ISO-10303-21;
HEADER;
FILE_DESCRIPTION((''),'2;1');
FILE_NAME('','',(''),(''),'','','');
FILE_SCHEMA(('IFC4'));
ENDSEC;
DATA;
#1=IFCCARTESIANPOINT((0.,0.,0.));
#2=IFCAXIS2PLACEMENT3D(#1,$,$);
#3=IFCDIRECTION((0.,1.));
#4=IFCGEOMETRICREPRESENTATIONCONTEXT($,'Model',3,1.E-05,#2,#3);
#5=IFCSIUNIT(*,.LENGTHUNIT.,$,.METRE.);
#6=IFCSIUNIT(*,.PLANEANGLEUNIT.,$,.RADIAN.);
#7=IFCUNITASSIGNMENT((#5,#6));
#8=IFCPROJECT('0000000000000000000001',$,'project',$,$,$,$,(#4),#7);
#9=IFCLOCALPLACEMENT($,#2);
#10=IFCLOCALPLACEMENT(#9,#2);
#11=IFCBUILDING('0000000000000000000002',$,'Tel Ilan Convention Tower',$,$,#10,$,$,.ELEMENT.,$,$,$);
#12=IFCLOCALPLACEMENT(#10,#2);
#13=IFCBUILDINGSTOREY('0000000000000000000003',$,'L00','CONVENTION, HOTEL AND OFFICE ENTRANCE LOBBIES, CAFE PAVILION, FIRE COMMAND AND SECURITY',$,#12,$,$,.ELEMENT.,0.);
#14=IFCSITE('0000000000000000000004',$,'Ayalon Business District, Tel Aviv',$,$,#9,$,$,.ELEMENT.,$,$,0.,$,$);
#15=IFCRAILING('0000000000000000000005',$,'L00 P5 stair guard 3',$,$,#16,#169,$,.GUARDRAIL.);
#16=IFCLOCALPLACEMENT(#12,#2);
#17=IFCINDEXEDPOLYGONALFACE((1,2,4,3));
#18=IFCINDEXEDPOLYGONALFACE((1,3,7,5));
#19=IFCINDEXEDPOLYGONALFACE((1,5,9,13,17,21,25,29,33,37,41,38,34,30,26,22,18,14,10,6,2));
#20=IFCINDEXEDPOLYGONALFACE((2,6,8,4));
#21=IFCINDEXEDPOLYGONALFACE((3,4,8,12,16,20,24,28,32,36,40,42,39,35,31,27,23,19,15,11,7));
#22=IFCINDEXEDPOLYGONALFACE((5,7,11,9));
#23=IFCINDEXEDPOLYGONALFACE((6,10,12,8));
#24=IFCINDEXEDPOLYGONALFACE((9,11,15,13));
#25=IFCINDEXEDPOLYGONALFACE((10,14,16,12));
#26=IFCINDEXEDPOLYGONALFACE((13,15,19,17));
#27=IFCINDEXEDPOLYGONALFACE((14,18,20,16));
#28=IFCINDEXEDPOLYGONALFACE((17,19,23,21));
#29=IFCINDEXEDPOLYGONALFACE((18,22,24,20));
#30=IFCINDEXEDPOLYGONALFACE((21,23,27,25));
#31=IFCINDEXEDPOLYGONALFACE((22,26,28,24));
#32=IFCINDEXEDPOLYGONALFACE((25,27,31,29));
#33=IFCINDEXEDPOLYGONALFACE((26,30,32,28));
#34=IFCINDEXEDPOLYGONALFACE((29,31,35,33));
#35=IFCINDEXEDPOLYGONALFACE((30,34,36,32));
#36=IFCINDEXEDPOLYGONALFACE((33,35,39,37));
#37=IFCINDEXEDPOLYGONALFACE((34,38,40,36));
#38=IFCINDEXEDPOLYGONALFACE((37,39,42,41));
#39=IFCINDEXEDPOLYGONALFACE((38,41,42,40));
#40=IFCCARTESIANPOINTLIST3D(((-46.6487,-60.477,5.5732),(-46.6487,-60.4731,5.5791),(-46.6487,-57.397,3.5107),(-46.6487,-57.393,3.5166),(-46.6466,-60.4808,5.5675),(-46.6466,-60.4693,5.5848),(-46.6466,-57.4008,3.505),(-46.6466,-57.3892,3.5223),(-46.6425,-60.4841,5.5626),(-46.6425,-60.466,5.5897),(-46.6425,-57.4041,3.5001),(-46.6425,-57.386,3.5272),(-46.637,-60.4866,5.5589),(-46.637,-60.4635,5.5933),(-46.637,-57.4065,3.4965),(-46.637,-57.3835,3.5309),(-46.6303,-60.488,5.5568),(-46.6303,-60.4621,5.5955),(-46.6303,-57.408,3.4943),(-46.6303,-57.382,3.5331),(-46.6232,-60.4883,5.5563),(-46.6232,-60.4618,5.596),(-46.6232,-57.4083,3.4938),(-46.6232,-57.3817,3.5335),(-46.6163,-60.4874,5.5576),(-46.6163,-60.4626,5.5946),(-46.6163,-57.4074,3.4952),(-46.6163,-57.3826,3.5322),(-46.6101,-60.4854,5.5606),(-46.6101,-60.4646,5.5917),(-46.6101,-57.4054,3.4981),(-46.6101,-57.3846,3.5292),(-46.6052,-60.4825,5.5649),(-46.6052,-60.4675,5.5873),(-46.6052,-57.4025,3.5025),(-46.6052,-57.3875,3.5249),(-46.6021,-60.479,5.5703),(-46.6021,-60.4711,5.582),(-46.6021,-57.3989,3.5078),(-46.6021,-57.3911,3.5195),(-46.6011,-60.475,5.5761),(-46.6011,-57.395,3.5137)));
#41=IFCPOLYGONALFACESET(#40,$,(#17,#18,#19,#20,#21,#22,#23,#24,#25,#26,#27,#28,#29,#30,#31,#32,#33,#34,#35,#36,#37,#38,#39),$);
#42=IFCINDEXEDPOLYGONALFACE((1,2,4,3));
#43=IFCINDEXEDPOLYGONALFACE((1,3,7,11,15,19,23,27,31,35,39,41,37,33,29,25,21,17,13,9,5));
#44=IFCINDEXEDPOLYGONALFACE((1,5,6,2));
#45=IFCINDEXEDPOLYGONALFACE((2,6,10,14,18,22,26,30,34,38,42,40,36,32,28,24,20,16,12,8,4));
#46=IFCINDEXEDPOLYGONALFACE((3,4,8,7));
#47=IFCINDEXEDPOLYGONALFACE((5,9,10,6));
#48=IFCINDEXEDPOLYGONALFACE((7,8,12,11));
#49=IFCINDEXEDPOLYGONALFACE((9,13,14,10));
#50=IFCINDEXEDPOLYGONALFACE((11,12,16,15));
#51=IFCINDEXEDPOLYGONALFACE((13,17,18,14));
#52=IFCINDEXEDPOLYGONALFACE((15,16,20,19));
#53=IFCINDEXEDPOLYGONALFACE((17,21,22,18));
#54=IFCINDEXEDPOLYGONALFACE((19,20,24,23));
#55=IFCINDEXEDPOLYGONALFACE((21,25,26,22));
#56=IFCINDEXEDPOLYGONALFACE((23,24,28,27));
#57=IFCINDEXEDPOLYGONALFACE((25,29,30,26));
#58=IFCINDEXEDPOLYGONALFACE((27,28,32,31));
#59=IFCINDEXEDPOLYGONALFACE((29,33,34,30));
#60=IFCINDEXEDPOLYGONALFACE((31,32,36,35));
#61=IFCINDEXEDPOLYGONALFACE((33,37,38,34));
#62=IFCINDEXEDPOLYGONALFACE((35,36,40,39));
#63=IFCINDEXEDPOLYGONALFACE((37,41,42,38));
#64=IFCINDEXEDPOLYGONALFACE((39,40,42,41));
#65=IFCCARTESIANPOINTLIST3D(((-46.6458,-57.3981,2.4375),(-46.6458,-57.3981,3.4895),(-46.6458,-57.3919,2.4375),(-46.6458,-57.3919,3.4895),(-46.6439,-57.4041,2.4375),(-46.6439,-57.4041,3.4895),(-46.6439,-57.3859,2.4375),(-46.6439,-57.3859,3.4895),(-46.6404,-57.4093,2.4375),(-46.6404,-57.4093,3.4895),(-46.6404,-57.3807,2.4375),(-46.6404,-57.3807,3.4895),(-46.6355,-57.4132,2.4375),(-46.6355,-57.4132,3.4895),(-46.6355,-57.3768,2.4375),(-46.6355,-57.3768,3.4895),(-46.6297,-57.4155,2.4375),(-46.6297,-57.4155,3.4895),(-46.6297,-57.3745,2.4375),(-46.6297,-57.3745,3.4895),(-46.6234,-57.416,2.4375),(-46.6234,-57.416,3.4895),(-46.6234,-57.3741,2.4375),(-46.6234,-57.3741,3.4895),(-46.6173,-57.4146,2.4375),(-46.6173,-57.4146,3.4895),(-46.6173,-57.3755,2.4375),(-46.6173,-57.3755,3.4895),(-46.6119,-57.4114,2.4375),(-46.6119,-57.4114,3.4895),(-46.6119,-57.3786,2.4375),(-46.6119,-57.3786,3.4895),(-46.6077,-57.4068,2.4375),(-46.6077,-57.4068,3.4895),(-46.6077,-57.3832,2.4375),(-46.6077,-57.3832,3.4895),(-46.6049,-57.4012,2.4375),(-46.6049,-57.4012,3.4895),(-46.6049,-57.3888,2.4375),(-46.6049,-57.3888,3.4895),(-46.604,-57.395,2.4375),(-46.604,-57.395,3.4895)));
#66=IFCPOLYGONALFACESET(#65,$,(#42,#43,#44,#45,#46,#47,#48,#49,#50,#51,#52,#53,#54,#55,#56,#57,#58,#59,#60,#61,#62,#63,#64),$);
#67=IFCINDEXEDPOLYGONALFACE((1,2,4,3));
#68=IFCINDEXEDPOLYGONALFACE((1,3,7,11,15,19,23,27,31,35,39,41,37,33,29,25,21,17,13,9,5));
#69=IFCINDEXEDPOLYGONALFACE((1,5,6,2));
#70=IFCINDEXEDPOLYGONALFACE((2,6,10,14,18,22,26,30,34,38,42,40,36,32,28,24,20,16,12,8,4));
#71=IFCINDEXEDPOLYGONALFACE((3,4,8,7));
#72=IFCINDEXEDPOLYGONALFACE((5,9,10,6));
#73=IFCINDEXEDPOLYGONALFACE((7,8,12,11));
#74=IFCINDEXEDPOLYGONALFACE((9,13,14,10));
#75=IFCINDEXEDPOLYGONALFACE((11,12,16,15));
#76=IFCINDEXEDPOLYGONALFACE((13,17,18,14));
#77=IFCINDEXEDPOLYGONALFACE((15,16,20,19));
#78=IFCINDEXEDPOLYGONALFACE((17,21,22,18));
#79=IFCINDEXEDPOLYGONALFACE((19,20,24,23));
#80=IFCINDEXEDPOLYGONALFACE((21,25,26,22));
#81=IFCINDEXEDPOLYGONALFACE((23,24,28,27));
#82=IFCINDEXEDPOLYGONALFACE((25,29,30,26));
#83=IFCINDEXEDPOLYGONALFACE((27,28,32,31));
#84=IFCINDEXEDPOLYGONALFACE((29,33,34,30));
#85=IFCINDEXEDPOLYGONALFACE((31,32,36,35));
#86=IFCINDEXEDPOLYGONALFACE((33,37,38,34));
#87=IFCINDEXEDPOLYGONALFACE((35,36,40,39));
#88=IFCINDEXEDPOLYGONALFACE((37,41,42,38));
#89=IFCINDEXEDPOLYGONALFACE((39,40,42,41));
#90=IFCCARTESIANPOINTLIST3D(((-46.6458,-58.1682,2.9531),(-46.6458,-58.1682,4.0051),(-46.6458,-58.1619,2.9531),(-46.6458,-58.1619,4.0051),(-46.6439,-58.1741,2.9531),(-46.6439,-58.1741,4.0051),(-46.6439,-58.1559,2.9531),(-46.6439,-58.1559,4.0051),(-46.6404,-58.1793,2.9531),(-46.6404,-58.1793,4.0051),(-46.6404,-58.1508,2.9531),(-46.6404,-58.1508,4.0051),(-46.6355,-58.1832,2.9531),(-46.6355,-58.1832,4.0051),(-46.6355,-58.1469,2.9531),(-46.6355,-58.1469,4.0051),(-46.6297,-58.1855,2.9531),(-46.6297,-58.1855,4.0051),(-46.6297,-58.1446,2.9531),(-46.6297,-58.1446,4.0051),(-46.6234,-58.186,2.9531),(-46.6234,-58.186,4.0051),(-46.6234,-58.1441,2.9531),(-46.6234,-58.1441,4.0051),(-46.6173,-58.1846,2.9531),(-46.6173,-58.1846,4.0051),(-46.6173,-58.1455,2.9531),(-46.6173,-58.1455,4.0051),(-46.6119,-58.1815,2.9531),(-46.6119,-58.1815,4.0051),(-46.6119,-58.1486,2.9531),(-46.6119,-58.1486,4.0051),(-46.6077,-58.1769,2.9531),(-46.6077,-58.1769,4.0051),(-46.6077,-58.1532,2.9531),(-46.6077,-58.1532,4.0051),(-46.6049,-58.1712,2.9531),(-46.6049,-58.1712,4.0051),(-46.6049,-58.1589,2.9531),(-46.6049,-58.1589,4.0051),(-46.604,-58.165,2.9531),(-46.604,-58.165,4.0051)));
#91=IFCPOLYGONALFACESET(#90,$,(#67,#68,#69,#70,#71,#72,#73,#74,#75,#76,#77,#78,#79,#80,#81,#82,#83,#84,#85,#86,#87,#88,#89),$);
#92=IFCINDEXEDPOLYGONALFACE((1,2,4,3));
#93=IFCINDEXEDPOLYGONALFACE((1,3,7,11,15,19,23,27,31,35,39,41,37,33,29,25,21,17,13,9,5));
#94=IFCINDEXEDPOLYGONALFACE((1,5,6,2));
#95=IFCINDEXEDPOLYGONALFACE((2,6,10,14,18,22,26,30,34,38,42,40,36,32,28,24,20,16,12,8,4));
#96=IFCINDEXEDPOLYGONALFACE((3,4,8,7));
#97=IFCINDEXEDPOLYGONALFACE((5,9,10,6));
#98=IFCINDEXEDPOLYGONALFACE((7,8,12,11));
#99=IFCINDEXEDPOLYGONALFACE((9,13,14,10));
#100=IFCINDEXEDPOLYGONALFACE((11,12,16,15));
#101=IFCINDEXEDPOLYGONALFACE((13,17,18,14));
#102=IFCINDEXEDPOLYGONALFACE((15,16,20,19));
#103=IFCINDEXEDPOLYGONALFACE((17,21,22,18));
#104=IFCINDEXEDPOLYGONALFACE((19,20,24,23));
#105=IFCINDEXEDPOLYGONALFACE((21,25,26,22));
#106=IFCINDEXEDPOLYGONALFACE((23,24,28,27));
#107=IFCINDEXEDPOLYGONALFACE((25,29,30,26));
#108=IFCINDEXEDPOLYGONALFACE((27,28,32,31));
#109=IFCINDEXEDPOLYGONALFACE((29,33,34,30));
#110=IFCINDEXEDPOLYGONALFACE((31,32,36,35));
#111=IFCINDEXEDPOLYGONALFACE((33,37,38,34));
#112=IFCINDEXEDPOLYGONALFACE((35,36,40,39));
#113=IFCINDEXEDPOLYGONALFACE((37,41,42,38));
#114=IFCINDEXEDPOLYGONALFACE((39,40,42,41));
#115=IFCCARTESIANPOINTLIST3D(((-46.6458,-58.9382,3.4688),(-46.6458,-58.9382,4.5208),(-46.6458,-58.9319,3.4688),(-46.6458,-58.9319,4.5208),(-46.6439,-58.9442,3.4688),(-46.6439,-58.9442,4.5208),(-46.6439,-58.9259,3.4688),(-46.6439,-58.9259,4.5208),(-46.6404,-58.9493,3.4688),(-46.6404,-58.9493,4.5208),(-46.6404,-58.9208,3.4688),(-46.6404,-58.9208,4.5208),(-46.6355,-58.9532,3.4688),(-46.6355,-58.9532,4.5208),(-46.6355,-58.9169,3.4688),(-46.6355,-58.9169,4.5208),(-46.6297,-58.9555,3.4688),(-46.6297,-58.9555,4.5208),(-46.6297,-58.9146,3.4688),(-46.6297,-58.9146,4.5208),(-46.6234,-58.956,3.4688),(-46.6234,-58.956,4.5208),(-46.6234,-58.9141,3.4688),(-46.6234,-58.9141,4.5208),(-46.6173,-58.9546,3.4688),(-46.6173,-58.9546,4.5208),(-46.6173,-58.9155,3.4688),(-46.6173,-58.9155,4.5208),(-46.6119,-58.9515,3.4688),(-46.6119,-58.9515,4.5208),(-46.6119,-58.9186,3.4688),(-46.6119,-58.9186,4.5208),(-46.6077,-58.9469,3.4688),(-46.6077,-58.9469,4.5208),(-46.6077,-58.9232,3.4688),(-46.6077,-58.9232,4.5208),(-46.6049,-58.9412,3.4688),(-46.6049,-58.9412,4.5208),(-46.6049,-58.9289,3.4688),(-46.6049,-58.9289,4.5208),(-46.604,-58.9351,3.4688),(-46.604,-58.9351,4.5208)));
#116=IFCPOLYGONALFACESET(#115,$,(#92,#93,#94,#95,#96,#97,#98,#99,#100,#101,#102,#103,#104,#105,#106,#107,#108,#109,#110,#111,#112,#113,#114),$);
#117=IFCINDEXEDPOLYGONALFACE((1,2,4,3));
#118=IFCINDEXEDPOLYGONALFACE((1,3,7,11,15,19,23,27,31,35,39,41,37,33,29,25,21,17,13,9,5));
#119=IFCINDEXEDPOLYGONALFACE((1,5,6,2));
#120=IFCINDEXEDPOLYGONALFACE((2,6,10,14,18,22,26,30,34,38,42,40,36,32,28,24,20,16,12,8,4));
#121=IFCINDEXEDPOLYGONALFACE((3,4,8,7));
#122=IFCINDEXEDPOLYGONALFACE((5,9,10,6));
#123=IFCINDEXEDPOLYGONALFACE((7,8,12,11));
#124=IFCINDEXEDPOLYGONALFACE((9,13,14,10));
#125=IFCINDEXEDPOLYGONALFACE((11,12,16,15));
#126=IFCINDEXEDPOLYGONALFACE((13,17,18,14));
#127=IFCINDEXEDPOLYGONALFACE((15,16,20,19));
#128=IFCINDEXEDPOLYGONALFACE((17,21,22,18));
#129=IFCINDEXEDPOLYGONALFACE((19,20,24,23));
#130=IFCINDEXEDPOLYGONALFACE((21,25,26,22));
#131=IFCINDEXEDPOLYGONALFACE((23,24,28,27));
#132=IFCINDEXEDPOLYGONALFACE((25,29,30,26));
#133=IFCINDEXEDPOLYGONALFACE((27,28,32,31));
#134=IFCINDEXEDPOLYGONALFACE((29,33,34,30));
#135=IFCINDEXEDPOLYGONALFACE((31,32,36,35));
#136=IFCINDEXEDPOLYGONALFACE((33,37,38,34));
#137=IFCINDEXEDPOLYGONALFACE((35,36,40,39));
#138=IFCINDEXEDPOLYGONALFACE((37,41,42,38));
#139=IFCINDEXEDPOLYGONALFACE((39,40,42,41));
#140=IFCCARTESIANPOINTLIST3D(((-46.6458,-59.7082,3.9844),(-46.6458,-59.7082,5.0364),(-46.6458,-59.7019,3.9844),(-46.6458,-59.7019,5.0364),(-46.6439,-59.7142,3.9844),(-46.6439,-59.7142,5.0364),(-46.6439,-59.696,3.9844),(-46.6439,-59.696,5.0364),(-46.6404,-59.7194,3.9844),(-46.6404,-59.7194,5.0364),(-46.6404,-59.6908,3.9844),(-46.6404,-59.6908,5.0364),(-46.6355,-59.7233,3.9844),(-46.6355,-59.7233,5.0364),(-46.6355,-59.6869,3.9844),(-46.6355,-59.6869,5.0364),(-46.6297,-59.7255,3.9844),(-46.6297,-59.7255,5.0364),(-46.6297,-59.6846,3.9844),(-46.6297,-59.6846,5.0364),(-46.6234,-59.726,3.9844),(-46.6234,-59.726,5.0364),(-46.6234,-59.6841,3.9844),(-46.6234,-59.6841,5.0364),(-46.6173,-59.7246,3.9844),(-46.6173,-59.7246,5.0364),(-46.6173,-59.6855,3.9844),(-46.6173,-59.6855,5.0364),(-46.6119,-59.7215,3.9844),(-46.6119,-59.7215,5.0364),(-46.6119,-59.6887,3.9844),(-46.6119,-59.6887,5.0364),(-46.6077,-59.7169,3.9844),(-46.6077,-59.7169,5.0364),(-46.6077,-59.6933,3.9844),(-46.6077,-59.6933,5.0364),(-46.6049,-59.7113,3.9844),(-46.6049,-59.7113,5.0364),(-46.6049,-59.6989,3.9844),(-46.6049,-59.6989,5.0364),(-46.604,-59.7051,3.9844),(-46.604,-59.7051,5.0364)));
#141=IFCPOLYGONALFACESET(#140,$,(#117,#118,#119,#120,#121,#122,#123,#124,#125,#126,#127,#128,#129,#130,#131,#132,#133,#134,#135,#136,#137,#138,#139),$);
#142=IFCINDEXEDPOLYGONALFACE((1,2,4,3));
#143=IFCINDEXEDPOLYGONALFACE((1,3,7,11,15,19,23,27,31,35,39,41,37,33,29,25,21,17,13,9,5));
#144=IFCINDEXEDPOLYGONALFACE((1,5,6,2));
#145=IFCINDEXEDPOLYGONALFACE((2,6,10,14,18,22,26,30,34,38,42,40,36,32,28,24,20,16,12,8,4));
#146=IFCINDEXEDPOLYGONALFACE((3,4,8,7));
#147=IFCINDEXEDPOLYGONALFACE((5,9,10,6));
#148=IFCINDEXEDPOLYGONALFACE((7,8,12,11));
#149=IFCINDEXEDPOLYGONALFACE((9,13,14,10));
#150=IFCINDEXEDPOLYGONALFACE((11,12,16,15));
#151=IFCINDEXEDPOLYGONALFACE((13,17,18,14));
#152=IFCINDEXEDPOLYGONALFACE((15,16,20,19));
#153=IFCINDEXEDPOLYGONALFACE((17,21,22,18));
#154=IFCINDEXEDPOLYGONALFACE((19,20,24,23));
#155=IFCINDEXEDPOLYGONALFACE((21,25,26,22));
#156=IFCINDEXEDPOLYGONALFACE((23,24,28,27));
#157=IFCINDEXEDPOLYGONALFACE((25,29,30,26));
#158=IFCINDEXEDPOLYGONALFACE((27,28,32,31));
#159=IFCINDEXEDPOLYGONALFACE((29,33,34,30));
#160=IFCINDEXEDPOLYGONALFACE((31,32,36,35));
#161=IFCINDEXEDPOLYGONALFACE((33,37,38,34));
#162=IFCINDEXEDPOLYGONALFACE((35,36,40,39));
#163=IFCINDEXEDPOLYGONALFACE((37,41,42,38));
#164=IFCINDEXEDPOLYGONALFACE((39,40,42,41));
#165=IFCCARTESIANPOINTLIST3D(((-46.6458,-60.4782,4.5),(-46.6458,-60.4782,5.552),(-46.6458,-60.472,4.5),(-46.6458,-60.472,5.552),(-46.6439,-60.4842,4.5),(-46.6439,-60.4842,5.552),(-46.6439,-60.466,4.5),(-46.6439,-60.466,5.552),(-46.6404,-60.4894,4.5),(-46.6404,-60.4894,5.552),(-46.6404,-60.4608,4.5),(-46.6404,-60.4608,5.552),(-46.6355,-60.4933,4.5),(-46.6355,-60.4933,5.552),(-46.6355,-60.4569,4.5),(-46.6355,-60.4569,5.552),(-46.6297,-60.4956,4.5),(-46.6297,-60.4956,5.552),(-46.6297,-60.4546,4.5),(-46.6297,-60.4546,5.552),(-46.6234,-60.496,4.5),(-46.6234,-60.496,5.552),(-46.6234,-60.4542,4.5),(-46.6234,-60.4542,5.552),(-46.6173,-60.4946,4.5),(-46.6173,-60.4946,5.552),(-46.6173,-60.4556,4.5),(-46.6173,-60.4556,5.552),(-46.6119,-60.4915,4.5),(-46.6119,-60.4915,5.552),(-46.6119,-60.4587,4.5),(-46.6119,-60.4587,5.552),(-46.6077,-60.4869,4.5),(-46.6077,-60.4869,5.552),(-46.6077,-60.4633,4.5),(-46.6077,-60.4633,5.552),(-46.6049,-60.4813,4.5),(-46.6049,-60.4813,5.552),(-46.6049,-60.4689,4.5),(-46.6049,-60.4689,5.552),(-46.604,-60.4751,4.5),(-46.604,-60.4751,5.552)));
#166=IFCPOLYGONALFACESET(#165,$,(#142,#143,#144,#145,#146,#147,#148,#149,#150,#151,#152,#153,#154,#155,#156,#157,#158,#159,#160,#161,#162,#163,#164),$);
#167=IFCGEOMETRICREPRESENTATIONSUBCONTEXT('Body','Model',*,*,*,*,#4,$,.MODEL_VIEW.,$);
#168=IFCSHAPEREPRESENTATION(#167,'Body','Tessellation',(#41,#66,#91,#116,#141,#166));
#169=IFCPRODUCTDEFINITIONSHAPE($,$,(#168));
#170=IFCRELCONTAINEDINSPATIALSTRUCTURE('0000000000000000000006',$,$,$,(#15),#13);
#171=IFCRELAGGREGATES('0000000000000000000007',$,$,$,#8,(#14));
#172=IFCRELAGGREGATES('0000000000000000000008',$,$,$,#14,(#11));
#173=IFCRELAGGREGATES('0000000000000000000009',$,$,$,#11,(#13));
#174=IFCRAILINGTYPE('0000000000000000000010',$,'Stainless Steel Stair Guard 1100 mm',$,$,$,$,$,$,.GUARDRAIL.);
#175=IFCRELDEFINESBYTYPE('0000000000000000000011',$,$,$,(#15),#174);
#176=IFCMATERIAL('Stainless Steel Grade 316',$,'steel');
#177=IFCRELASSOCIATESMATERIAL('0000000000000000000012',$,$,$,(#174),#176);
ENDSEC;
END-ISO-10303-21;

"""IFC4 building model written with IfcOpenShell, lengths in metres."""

from ifc_helpers import new_model, si_unit, direction, frame, origin, origin_2d, place, context, subcontext, project, spatial, circle, extrude, material, type_object, element, save


model = new_model("IFC4")

# Units and contexts
model_context = context("Model", 3, precision=1e-05, world=origin(), true_north=direction((0.0, 1.0)))
body_context = subcontext(model_context, "Body", "Model", "MODEL_VIEW")
ifc_project = project(units=[si_unit("LENGTHUNIT", "METRE"), si_unit("PLANEANGLEUNIT", "RADIAN")], contexts=[model_context])

# Site, building, storey
site_placement = place(None, origin())
site = spatial("IfcSite", under=ifc_project, at=site_placement, Name="Ayalon Business District, Tel Aviv", CompositionType="ELEMENT", RefElevation=0.0)
building_placement = place(site_placement, origin())
building = spatial("IfcBuilding", under=site, at=building_placement, Name="Tel Ilan Convention Tower", CompositionType="ELEMENT")
storey_placement = place(building_placement, origin())
storey = spatial("IfcBuildingStorey", under=building, at=storey_placement, Name="L00", Description="CONVENTION, HOTEL AND OFFICE ENTRANCE LOBBIES, CAFE PAVILION, FIRE COMMAND AND SECURITY", CompositionType="ELEMENT", Elevation=0.0)

# Railing
ifc_material_1 = material(Name="Stainless Steel Grade 316", Category="steel")
railing_type_1 = type_object("IfcRailingType", Name="Stainless Steel Stair Guard 1100 mm", PredefinedType="GUARDRAIL", material=ifc_material_1)
railing_1_placement = place(storey_placement, frame((-46.625, -57.395, 2.4375)))
element("IfcRailing", 1, at=railing_1_placement, inside=storey, type_object=railing_type_1, Name="L00 P5 stair guard 3", PredefinedType="GUARDRAIL", context=body_context, shape_type="SweptSolid", body=[
    extrude(circle(Radius=0.0239, at=origin_2d()), frame((0.0, 0.0, 1.0762), z_axis=(0.0, -0.830914, 0.556401), x_axis=(1.0, 0.0, 0.0)), (0.0, 0.0, 1.0), 3.7068),
    extrude(circle(Radius=0.021, at=origin_2d()), origin(), (0.0, 0.0, 1.0), 1.052),
    extrude(circle(Radius=0.021, at=origin_2d()), frame((0.0, -0.77, 0.5156)), (0.0, 0.0, 1.0), 1.052),
    extrude(circle(Radius=0.021, at=origin_2d()), frame((0.0, -1.54, 1.0312)), (0.0, 0.0, 1.0), 1.052),
    extrude(circle(Radius=0.021, at=origin_2d()), frame((0.0, -2.3101, 1.5469)), (0.0, 0.0, 1.0), 1.052),
    extrude(circle(Radius=0.021, at=origin_2d()), frame((0.0, -3.0801, 2.0625)), (0.0, 0.0, 1.0), 1.052),
])

save(model, "model.ifc")
